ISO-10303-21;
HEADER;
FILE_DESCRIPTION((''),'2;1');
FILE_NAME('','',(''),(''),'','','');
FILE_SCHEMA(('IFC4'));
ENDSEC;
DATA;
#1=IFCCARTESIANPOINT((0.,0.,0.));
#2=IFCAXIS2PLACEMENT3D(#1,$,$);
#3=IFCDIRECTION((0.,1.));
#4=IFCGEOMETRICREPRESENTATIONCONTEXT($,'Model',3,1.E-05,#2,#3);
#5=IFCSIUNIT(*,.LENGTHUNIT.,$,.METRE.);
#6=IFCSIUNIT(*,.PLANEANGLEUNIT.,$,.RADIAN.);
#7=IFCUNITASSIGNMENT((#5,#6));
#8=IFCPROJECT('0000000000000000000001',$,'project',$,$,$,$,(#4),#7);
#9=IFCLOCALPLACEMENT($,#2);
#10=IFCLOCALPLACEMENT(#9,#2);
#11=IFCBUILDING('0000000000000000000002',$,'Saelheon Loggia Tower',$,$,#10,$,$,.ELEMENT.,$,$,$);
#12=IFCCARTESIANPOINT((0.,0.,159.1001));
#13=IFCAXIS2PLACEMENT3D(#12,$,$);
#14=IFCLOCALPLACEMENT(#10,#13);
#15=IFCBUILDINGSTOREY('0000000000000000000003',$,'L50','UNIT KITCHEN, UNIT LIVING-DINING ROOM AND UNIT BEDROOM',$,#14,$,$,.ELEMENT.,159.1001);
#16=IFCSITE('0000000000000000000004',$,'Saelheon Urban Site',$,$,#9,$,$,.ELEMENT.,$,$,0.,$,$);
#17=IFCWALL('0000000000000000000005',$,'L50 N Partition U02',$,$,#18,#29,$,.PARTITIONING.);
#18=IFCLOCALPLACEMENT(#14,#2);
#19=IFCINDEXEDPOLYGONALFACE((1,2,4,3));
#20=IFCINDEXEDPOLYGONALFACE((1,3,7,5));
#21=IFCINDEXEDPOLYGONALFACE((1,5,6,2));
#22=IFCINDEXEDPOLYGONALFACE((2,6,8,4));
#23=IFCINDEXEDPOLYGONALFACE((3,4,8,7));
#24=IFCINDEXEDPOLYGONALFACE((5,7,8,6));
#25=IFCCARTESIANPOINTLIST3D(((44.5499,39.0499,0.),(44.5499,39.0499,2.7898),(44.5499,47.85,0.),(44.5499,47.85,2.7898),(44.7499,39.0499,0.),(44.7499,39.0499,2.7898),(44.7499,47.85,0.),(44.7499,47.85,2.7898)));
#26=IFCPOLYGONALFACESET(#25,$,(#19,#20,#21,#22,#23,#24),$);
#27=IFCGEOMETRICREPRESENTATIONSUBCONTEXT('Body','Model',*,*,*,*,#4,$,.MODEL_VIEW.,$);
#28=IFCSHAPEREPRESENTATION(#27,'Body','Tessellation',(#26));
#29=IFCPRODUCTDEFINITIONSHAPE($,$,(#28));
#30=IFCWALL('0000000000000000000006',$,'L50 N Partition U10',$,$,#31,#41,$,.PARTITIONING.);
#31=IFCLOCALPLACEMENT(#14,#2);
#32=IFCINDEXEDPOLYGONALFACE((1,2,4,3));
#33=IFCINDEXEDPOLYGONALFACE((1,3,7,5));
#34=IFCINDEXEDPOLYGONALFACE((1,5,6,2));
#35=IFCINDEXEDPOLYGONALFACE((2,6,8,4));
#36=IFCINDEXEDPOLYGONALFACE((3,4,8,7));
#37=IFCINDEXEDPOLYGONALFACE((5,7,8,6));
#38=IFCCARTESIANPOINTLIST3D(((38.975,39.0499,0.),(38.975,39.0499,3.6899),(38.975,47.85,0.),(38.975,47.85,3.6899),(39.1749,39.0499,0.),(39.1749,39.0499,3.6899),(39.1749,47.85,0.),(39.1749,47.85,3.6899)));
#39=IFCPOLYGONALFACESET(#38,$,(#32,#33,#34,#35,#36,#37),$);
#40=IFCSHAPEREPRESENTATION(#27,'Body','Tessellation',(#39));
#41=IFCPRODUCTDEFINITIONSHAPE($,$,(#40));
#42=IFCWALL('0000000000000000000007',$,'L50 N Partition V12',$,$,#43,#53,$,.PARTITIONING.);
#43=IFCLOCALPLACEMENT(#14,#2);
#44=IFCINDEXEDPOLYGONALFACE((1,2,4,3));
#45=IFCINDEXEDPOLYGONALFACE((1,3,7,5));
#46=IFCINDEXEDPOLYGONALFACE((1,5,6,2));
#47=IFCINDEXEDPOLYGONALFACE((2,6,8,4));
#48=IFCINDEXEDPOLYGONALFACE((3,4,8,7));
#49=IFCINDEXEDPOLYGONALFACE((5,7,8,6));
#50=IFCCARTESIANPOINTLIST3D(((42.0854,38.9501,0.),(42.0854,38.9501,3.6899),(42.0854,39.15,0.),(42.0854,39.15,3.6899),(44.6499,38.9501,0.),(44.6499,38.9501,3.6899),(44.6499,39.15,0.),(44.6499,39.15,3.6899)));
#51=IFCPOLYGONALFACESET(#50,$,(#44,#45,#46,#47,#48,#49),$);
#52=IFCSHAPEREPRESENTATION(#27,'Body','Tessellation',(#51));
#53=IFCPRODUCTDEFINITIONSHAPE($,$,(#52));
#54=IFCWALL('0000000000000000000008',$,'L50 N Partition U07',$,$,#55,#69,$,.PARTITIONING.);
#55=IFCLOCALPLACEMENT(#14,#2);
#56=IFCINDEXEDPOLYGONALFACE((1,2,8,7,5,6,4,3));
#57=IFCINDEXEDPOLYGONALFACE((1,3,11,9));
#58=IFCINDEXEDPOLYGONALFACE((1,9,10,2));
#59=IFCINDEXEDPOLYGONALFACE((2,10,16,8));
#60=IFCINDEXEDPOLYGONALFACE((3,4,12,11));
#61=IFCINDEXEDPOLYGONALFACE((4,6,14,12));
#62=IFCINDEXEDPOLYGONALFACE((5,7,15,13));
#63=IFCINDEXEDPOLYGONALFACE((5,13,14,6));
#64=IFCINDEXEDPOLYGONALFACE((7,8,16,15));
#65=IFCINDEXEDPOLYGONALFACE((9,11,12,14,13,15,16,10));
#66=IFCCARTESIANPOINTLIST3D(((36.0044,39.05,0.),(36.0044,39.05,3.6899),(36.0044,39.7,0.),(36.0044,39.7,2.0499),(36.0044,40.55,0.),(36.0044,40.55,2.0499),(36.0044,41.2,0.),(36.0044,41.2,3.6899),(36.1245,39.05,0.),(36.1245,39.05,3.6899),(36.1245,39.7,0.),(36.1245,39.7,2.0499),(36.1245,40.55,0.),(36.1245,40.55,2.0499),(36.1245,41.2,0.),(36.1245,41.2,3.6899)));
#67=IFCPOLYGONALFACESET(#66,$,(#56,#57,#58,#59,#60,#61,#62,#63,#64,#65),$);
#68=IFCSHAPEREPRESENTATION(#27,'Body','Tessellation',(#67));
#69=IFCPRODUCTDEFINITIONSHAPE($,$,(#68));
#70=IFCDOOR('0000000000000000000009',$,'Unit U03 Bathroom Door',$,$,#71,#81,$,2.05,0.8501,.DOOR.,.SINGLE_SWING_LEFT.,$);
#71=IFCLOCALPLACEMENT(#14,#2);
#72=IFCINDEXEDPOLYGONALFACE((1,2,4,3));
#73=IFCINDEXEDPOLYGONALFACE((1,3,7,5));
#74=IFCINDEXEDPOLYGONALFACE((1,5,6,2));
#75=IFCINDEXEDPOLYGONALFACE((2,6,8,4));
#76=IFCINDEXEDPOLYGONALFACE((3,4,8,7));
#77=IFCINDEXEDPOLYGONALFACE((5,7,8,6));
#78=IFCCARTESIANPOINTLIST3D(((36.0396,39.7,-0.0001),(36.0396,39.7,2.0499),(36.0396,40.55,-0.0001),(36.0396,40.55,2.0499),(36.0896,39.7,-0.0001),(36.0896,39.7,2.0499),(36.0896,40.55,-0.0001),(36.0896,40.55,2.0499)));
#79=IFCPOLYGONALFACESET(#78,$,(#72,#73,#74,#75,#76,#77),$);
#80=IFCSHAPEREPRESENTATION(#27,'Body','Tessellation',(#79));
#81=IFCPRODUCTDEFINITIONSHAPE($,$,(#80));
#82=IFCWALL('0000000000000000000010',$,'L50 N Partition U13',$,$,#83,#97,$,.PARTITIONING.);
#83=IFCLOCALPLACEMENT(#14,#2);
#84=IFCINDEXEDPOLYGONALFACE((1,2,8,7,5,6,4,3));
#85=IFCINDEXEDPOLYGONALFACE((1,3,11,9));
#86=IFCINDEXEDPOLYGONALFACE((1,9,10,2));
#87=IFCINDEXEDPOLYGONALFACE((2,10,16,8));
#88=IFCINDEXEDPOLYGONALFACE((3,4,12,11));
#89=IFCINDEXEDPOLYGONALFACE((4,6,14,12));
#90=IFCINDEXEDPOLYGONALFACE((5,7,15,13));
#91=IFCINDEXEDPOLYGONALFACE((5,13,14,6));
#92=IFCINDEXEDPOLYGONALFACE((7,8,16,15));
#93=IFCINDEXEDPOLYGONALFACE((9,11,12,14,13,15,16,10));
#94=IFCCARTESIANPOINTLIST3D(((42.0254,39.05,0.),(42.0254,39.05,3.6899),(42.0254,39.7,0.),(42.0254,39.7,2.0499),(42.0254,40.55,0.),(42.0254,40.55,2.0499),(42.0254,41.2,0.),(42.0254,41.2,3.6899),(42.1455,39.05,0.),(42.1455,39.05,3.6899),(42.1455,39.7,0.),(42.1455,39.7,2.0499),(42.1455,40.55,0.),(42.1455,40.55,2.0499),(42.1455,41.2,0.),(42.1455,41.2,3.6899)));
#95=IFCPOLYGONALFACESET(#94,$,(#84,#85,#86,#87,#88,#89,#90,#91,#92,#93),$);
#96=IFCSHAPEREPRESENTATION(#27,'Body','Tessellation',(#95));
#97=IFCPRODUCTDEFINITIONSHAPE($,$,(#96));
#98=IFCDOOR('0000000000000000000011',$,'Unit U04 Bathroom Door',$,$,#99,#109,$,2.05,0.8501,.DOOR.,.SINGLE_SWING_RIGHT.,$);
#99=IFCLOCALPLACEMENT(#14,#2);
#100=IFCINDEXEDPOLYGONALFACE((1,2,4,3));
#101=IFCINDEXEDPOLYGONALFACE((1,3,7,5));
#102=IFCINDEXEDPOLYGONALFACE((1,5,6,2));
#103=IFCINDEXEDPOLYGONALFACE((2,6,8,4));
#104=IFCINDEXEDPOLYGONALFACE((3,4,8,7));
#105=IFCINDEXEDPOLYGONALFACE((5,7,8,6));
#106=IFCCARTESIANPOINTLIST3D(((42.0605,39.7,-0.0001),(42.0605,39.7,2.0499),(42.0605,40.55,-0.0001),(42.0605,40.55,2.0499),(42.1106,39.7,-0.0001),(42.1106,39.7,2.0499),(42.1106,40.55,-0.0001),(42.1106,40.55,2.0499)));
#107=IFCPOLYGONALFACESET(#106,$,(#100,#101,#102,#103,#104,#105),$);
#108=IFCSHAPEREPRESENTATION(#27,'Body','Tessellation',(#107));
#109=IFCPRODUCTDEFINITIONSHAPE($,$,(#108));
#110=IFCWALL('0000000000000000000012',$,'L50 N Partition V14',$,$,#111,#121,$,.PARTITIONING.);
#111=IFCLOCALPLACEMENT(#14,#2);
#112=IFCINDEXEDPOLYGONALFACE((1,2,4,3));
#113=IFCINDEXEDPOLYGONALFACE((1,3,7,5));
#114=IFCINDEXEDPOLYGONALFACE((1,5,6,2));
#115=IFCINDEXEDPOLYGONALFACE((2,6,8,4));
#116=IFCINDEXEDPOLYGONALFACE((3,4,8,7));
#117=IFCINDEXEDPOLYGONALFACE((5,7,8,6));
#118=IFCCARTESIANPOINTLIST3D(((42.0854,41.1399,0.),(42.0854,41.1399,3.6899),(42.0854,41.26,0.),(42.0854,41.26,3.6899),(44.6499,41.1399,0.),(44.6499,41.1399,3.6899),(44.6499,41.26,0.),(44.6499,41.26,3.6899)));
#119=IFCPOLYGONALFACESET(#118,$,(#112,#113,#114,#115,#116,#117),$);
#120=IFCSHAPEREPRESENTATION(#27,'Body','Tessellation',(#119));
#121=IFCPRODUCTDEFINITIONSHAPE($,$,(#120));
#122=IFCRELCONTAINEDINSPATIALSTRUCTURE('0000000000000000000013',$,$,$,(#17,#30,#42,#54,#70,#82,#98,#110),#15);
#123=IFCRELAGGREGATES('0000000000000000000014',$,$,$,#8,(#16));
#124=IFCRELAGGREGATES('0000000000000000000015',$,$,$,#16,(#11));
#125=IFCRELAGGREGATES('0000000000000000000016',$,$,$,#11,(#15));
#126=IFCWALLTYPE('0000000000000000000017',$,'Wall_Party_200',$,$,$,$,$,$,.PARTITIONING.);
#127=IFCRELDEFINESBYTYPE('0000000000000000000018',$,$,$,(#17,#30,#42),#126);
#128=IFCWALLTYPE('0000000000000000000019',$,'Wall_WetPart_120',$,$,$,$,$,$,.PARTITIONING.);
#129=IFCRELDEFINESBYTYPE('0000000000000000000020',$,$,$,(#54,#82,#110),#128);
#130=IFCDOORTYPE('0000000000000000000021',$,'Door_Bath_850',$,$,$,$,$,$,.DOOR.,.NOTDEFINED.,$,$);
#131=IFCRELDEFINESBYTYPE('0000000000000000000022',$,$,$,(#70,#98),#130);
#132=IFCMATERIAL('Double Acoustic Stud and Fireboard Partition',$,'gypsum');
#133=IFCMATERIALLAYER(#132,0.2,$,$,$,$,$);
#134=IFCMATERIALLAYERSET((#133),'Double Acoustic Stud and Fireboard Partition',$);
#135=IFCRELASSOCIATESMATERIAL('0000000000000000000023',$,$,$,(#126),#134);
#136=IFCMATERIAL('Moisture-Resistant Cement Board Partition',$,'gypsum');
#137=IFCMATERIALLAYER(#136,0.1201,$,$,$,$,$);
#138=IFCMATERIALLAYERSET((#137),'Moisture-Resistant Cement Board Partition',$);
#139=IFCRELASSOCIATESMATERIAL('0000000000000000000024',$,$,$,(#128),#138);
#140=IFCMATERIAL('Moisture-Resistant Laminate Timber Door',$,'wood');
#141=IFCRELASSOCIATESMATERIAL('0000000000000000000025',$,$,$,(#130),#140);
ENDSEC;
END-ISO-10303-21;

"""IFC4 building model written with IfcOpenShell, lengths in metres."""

from ifc_helpers import new_model, si_unit, direction, frame, frame_2d, origin, place, context, subcontext, project, spatial, rectangle, extrude, source, transform, mapped, material, layer, layer_set, type_object, element, fill, save


model = new_model("IFC4")

# Units and contexts
model_context = context("Model", 3, precision=1e-05, world=origin(), true_north=direction((0.0, 1.0)))
body_context = subcontext(model_context, "Body", "Model", "MODEL_VIEW")
ifc_project = project(units=[si_unit("LENGTHUNIT", "METRE"), si_unit("PLANEANGLEUNIT", "RADIAN")], contexts=[model_context])

# Site, building, storey
site_placement = place(None, origin())
site = spatial("IfcSite", under=ifc_project, at=site_placement, Name="Saelheon Urban Site", CompositionType="ELEMENT", RefElevation=0.0)
building_placement = place(site_placement, origin())
building = spatial("IfcBuilding", under=site, at=building_placement, Name="Saelheon Loggia Tower", CompositionType="ELEMENT")
storey_placement = place(building_placement, frame((0.0, 0.0, 159.1001)))
storey = spatial("IfcBuildingStorey", under=building, at=storey_placement, Name="L50", Description="UNIT KITCHEN, UNIT LIVING-DINING ROOM AND UNIT BEDROOM", CompositionType="ELEMENT", Elevation=159.1001)

# Wall
ifc_material_1 = material(Name="Double Acoustic Stud and Fireboard Partition", Category="gypsum")
ifc_layer_1 = layer(ifc_material_1, 0.2)
ifc_layer_set_1 = layer_set([ifc_layer_1], Name="Double Acoustic Stud and Fireboard Partition")
wall_type_1 = type_object("IfcWallType", Name="Wall_Party_200", PredefinedType="PARTITIONING", material=ifc_layer_set_1)
wall_1_placement = place(storey_placement, frame((44.6499, 39.05, 0.0), z_axis=(0.0, 0.0, 1.0), x_axis=(0.0, 1.0, 0.0)))
element("IfcWall", 1, at=wall_1_placement, inside=storey, type_object=wall_type_1, Name="L50 N Partition U02", PredefinedType="PARTITIONING", context=body_context, shape_type="SweptSolid", body=[
    extrude(rectangle(XDim=8.8, YDim=0.2, at=frame_2d((4.3999, 0.0))), origin(), (0.0, 0.0, 1.0), 2.7898),
])

# Wall
wall_2_placement = place(storey_placement, frame((39.075, 39.05, 0.0), z_axis=(0.0, 0.0, 1.0), x_axis=(0.0, 1.0, 0.0)))
element("IfcWall", 2, at=wall_2_placement, inside=storey, type_object=wall_type_1, Name="L50 N Partition U10", PredefinedType="PARTITIONING", context=body_context, shape_type="SweptSolid", body=[
    extrude(rectangle(XDim=8.8, YDim=0.2, at=frame_2d((4.3999, 0.0))), origin(), (0.0, 0.0, 1.0), 3.6899),
])

# Wall
wall_3_placement = place(storey_placement, frame((42.0854, 39.05, 0.0), z_axis=(0.0, 0.0, 1.0), x_axis=(1.0, 0.0, 0.0)))
element("IfcWall", 3, at=wall_3_placement, inside=storey, type_object=wall_type_1, Name="L50 N Partition V12", PredefinedType="PARTITIONING", context=body_context, shape_type="SweptSolid", body=[
    extrude(rectangle(XDim=2.5645, YDim=0.2, at=frame_2d((1.2822, 0.0))), origin(), (0.0, 0.0, 1.0), 3.6899),
])

# Walls, openings, doors
ifc_material_2 = material(Name="Moisture-Resistant Cement Board Partition", Category="gypsum")
ifc_layer_2 = layer(ifc_material_2, 0.1201)
ifc_layer_set_2 = layer_set([ifc_layer_2], Name="Moisture-Resistant Cement Board Partition")
wall_type_2 = type_object("IfcWallType", Name="Wall_WetPart_120", PredefinedType="PARTITIONING", material=ifc_layer_set_2)
wall_4_placement = place(storey_placement, frame((36.0645, 39.05, 0.0), z_axis=(0.0, 0.0, 1.0), x_axis=(0.0, 1.0, 0.0)))
wall_4 = element("IfcWall", 4, at=wall_4_placement, inside=storey, type_object=wall_type_2, Name="L50 N Partition U07", PredefinedType="PARTITIONING", context=body_context, shape_type="SweptSolid", body=[
    extrude(rectangle(XDim=2.1499, YDim=0.1201, at=frame_2d((1.075, 0.0))), origin(), (0.0, 0.0, 1.0), 3.6899),
])
opening_1_placement = place(wall_4_placement, frame((0.6499, 0.0, 0.0)))
opening_1 = element("IfcOpeningElement", 5, at=opening_1_placement, cuts=wall_4, PredefinedType="OPENING", context=body_context, shape_type="SweptSolid", body=[
    extrude(rectangle(XDim=0.8501, YDim=2.05, at=frame_2d((0.425, 1.0249))), frame((0.0, 0.072, 0.0), z_axis=(0.0, -1.0, 0.0), x_axis=(1.0, 0.0, 0.0)), (0.0, 0.0, 1.0), 0.144),
])
ifc_material_3 = material(Name="Moisture-Resistant Laminate Timber Door", Category="wood")
door_type_1 = type_object("IfcDoorType", Name="Door_Bath_850", OperationType="NOTDEFINED", PredefinedType="DOOR", material=ifc_material_3)
shared_shape_1 = source(origin(), body_context, "Body", "SweptSolid", [
    extrude(rectangle(XDim=0.8501, YDim=2.05, at=frame_2d((0.425, 1.0249))), frame((0.0, 0.0249, 0.0), z_axis=(0.0, -1.0, 0.0), x_axis=(1.0, 0.0, 0.0)), (0.0, 0.0, 1.0), 0.05),
])
door_1_placement = place(opening_1_placement, origin())
door_1 = element("IfcDoor", 6, at=door_1_placement, inside=storey, type_object=door_type_1, Name="Unit U03 Bathroom Door", OperationType="SINGLE_SWING_LEFT", OverallHeight=2.05, OverallWidth=0.8501, PredefinedType="DOOR", context=body_context, shape_type="MappedRepresentation", body=[
    mapped(shared_shape_1, transform((0.0, 0.0, 0.0), scale=1.0)),
])
fill(opening_1, door_1)
wall_5_placement = place(storey_placement, frame((42.0854, 39.05, 0.0), z_axis=(0.0, 0.0, 1.0), x_axis=(0.0, 1.0, 0.0)))
wall_5 = element("IfcWall", 7, at=wall_5_placement, inside=storey, type_object=wall_type_2, Name="L50 N Partition U13", PredefinedType="PARTITIONING", context=body_context, shape_type="SweptSolid", body=[
    extrude(rectangle(XDim=2.1499, YDim=0.1201, at=frame_2d((1.075, 0.0))), origin(), (0.0, 0.0, 1.0), 3.6899),
])
opening_2_placement = place(wall_5_placement, frame((0.6499, 0.0, 0.0)))
opening_2 = element("IfcOpeningElement", 8, at=opening_2_placement, cuts=wall_5, PredefinedType="OPENING", context=body_context, shape_type="SweptSolid", body=[
    extrude(rectangle(XDim=0.8501, YDim=2.05, at=frame_2d((0.425, 1.0249))), frame((0.0, 0.072, 0.0), z_axis=(0.0, -1.0, 0.0), x_axis=(1.0, 0.0, 0.0)), (0.0, 0.0, 1.0), 0.144),
])
door_2_placement = place(opening_2_placement, origin())
door_2 = element("IfcDoor", 9, at=door_2_placement, inside=storey, type_object=door_type_1, Name="Unit U04 Bathroom Door", OperationType="SINGLE_SWING_RIGHT", OverallHeight=2.05, OverallWidth=0.8501, PredefinedType="DOOR", context=body_context, shape_type="MappedRepresentation", body=[
    mapped(shared_shape_1, transform((0.0, 0.0, 0.0), scale=1.0)),
])
fill(opening_2, door_2)

# Wall
wall_6_placement = place(storey_placement, frame((42.0854, 41.2, 0.0), z_axis=(0.0, 0.0, 1.0), x_axis=(1.0, 0.0, 0.0)))
element("IfcWall", 10, at=wall_6_placement, inside=storey, type_object=wall_type_2, Name="L50 N Partition V14", PredefinedType="PARTITIONING", context=body_context, shape_type="SweptSolid", body=[
    extrude(rectangle(XDim=2.5645, YDim=0.1201, at=frame_2d((1.2822, 0.0))), origin(), (0.0, 0.0, 1.0), 3.6899),
])

save(model, "model.ifc")
